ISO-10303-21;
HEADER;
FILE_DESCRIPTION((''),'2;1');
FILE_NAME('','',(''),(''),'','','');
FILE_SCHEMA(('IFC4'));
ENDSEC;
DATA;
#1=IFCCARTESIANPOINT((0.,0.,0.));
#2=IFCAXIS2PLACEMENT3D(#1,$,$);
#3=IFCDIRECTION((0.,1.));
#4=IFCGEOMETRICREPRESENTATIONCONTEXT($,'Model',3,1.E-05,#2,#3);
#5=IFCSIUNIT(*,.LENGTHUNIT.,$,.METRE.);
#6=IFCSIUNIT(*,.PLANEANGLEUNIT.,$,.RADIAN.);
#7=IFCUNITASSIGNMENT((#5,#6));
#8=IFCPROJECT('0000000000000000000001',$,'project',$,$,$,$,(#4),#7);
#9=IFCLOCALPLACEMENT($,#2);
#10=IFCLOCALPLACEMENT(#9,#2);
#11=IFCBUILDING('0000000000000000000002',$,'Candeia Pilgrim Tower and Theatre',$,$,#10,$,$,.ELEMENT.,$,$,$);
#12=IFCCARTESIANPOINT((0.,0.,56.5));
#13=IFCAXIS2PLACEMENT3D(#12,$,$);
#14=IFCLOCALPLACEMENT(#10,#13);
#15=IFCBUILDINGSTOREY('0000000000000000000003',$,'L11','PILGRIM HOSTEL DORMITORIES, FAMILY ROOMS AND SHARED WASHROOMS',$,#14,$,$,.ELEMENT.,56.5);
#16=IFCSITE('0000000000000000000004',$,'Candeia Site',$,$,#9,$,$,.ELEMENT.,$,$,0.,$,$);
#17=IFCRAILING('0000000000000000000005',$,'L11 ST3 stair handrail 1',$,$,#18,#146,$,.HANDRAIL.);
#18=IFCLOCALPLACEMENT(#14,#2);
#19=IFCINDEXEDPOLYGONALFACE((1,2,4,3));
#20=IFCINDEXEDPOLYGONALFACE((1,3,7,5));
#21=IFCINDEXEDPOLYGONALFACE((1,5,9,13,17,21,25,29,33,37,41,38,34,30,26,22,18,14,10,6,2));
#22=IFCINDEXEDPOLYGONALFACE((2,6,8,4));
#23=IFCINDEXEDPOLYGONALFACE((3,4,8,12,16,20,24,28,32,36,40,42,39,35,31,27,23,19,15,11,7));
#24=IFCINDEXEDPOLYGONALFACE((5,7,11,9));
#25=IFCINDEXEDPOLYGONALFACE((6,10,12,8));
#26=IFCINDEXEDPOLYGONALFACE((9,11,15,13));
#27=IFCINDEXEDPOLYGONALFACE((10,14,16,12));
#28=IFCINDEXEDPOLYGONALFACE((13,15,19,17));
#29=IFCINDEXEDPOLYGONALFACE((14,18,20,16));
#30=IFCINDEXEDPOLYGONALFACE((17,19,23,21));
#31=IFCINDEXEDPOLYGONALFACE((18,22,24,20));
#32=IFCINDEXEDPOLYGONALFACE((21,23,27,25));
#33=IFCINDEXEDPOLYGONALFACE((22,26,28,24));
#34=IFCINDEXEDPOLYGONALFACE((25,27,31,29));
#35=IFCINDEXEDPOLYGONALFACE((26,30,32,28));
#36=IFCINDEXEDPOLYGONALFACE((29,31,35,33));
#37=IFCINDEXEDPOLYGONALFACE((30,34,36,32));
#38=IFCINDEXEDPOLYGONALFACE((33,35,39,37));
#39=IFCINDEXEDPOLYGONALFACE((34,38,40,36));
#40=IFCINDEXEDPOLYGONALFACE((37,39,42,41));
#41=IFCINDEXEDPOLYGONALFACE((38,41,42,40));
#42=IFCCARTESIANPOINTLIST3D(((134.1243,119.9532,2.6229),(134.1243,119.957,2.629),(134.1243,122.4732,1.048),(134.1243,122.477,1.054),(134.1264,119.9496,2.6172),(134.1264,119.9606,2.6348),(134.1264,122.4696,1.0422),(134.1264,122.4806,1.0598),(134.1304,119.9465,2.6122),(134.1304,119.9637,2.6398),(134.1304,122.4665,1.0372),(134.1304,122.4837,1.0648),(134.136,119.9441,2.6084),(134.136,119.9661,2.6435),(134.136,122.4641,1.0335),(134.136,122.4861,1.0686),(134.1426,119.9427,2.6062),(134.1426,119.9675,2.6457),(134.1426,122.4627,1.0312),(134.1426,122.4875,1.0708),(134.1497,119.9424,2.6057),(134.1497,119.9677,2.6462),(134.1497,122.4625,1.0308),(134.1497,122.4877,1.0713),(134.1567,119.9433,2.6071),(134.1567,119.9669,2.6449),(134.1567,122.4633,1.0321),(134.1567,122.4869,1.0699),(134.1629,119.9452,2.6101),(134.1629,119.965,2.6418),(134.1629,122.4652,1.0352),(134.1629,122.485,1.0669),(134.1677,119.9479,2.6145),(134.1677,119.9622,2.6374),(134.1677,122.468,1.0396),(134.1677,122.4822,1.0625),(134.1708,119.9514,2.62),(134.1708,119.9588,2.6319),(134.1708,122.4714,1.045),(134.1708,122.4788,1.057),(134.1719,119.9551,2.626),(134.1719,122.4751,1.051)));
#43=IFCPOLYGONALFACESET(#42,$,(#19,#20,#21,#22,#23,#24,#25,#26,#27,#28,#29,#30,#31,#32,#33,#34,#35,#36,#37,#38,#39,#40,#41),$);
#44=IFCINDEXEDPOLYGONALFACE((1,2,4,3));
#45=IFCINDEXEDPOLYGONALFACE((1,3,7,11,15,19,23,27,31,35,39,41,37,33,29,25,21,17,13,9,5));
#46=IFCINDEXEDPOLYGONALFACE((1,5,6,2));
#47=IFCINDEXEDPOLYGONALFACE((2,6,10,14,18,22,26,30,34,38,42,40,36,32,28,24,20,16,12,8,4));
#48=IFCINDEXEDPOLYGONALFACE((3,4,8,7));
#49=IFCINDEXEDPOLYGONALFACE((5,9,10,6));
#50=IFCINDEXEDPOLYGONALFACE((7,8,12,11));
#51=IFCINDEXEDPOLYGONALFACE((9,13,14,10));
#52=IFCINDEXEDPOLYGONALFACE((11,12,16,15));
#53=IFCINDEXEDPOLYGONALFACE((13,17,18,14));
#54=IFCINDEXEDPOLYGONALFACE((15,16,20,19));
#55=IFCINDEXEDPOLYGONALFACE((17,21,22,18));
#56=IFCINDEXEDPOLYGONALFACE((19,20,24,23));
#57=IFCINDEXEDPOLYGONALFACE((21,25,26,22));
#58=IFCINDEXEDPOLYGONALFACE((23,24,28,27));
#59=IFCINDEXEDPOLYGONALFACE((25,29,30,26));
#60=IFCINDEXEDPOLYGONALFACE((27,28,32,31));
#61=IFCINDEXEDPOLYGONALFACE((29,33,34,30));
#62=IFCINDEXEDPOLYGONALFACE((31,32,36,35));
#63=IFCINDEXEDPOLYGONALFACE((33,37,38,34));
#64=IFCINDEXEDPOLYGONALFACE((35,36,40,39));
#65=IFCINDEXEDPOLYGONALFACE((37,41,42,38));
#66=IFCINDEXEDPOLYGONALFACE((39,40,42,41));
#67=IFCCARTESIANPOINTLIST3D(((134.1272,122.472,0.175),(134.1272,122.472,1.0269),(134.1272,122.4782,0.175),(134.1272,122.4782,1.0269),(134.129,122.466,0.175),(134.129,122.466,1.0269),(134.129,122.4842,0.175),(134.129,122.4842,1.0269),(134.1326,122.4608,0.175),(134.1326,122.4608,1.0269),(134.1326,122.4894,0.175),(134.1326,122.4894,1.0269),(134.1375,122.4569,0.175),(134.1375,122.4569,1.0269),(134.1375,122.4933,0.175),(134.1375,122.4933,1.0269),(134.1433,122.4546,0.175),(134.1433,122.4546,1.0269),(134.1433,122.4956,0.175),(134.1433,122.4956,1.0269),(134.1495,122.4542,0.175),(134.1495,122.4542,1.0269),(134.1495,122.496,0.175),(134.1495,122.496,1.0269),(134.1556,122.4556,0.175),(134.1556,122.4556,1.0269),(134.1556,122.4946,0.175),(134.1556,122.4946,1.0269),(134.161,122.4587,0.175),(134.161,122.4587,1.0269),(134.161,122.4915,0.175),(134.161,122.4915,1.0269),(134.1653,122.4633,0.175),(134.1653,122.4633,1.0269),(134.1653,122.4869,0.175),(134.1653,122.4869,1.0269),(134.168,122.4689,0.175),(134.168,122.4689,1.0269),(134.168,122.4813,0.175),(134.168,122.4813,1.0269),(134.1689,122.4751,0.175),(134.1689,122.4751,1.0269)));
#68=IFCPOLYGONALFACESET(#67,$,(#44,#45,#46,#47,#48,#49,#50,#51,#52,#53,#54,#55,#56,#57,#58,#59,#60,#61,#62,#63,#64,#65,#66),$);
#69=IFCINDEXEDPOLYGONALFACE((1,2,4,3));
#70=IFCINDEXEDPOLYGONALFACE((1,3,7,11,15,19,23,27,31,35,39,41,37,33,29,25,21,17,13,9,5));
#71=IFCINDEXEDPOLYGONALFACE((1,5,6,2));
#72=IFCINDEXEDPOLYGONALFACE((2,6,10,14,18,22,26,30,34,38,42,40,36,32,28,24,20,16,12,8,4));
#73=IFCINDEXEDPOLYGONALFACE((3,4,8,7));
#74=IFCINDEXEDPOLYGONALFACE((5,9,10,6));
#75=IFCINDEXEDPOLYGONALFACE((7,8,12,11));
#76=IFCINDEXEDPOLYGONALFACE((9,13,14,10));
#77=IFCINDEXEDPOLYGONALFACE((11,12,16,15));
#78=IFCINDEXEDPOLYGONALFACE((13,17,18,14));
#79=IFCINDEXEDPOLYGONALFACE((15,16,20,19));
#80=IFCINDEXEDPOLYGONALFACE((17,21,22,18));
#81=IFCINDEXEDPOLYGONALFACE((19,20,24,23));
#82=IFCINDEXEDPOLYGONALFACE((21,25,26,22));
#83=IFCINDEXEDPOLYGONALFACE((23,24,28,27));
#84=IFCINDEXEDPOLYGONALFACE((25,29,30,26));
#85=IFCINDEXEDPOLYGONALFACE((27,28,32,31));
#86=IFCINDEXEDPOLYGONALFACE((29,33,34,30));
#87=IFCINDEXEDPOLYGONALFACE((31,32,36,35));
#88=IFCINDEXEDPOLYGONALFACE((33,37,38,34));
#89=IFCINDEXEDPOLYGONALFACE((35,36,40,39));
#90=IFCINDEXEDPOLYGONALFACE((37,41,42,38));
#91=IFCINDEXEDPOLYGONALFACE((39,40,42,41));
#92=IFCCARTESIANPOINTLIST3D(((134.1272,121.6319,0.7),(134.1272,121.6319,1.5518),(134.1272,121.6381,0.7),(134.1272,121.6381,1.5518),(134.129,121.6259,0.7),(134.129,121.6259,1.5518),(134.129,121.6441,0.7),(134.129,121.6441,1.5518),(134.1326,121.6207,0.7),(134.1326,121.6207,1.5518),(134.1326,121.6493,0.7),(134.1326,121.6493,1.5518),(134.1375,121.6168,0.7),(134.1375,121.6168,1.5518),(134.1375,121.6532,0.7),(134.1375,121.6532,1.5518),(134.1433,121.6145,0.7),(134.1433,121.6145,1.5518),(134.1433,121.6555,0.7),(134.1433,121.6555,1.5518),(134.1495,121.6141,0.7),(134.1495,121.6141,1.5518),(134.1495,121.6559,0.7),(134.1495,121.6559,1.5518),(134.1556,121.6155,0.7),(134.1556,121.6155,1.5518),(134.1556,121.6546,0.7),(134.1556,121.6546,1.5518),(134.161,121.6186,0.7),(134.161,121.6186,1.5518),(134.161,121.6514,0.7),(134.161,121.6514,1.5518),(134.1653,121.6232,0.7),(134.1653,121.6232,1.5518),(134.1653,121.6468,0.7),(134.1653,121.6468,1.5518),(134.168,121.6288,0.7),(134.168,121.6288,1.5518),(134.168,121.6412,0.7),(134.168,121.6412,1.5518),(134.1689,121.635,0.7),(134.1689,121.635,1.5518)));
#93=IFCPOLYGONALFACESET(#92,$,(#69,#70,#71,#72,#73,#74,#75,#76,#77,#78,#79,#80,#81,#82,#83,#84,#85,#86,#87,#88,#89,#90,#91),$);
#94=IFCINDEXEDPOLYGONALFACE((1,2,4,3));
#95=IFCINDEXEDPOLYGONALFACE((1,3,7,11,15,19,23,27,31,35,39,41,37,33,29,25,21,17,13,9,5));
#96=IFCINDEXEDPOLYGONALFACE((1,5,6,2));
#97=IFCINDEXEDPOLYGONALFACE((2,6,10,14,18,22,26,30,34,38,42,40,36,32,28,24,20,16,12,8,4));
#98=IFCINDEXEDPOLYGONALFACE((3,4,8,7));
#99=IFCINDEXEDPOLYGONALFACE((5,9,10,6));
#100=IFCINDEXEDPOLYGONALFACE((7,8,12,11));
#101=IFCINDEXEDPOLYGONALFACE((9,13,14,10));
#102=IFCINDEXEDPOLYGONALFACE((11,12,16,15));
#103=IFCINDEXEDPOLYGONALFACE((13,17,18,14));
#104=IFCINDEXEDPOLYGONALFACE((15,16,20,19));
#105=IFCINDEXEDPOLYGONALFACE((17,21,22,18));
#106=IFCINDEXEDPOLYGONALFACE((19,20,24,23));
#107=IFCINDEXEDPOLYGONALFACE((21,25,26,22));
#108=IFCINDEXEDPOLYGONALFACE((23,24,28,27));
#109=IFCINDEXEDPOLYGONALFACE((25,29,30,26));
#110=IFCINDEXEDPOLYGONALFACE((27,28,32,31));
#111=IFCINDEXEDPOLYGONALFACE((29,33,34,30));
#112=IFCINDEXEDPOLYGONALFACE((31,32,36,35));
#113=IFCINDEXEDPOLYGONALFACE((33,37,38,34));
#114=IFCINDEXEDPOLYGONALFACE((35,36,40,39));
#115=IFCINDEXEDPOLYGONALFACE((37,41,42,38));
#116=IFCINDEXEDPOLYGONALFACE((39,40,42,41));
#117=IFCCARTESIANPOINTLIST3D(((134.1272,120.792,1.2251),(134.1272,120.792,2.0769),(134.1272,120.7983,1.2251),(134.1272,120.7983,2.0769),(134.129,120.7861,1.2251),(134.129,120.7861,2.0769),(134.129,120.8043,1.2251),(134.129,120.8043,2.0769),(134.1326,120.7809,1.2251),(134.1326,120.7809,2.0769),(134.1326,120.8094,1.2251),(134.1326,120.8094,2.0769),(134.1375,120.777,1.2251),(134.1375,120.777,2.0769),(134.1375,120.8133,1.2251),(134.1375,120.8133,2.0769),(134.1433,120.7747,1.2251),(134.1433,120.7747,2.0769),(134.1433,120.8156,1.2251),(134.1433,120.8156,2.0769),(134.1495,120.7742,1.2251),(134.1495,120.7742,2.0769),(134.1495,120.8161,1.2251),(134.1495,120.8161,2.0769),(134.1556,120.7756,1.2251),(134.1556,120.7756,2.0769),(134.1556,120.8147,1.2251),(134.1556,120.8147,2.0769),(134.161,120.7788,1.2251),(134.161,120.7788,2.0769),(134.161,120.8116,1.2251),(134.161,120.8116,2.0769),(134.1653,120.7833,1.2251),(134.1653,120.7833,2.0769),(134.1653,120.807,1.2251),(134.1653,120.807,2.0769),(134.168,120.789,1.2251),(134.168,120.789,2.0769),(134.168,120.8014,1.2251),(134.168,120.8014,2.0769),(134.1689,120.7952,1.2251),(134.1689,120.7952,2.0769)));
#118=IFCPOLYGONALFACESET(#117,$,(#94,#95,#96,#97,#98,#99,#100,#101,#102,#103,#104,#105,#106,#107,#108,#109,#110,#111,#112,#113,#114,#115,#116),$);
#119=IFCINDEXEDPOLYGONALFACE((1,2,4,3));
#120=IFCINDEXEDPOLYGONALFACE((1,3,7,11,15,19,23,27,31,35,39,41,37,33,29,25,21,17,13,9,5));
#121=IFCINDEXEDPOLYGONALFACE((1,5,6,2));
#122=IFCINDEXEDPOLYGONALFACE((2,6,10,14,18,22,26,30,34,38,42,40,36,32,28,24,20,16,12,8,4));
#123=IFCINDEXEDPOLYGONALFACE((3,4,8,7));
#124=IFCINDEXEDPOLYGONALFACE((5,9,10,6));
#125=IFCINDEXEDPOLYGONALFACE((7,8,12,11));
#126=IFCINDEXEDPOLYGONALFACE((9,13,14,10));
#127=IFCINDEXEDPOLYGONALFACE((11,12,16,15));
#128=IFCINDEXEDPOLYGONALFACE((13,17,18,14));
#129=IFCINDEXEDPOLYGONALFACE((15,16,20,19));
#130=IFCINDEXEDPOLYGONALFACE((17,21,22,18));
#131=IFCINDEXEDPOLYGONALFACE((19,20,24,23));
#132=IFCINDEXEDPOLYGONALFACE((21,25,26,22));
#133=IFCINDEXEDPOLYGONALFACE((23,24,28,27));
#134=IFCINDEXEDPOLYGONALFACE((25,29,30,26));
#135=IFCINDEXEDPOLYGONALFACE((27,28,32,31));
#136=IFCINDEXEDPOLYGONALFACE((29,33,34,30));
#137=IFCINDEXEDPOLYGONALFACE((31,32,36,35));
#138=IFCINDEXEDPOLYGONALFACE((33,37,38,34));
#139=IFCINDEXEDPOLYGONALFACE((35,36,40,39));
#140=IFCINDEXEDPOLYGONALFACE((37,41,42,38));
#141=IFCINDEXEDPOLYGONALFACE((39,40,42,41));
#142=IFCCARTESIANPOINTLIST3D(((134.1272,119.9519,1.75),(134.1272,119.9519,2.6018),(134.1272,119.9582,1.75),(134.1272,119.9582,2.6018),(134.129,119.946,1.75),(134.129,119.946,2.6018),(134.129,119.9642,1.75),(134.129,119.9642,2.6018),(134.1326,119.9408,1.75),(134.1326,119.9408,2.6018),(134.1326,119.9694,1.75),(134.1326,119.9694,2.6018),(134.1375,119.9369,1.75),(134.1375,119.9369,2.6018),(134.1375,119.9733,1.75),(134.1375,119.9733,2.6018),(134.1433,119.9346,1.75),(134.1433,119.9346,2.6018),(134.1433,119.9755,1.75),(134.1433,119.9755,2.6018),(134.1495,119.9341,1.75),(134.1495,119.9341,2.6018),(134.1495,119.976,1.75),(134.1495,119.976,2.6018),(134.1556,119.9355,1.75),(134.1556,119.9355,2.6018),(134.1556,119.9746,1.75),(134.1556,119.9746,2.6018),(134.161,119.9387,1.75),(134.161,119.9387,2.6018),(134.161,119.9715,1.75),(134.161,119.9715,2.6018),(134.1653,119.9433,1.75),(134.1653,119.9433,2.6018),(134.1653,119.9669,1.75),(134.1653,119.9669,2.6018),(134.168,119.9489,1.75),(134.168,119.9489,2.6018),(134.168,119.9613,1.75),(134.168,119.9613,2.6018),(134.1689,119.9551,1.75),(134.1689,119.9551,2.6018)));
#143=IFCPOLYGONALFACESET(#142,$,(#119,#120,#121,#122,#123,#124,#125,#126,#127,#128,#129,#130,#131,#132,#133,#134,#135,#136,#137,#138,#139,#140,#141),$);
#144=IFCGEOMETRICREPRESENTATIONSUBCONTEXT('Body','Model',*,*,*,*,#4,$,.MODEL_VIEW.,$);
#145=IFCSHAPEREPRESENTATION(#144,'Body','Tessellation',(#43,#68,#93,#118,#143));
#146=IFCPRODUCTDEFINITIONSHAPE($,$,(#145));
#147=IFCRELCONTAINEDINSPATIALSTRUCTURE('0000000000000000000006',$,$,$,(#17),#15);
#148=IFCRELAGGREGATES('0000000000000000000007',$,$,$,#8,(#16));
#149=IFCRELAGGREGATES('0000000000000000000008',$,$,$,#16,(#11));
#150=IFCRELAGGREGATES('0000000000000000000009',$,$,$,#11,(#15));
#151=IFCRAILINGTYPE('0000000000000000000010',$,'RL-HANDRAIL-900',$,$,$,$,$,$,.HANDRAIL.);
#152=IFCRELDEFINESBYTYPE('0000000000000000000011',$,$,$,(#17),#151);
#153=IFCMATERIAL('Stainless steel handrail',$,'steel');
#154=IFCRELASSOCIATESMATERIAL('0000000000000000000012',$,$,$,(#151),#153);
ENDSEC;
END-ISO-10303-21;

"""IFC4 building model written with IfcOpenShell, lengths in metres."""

from ifc_helpers import new_model, si_unit, direction, frame, origin, origin_2d, place, context, subcontext, project, spatial, circle, extrude, material, type_object, element, save


model = new_model("IFC4")

# Units and contexts
model_context = context("Model", 3, precision=1e-05, world=origin(), true_north=direction((0.0, 1.0)))
body_context = subcontext(model_context, "Body", "Model", "MODEL_VIEW")
ifc_project = project(units=[si_unit("LENGTHUNIT", "METRE"), si_unit("PLANEANGLEUNIT", "RADIAN")], contexts=[model_context])

# Site, building, storey
site_placement = place(None, origin())
site = spatial("IfcSite", under=ifc_project, at=site_placement, Name="Candeia Site", CompositionType="ELEMENT", RefElevation=0.0)
building_placement = place(site_placement, origin())
building = spatial("IfcBuilding", under=site, at=building_placement, Name="Candeia Pilgrim Tower and Theatre", CompositionType="ELEMENT")
storey_placement = place(building_placement, frame((0.0, 0.0, 56.5)))
storey = spatial("IfcBuildingStorey", under=building, at=storey_placement, Name="L11", Description="PILGRIM HOSTEL DORMITORIES, FAMILY ROOMS AND SHARED WASHROOMS", CompositionType="ELEMENT", Elevation=56.5)

# Railing
ifc_material_1 = material(Name="Stainless steel handrail", Category="steel")
railing_type_1 = type_object("IfcRailingType", Name="RL-HANDRAIL-900", PredefinedType="HANDRAIL", material=ifc_material_1)
for number, where, name in (
    (1, (134.1479, 122.4751, 0.175), "L11 ST3 stair handrail 1"),
):
    element("IfcRailing", number, at=place(storey_placement, frame(where)), inside=storey, type_object=railing_type_1, Name=name, PredefinedType="HANDRAIL", context=body_context, shape_type="SweptSolid", body=[
        extrude(circle(Radius=0.0239, at=origin_2d()), frame((0.0, 0.0, 0.876), z_axis=(0.0, -0.848008, 0.529984), x_axis=(1.0, 0.0, 0.0)), (0.0, 0.0, 1.0), 2.9717),
        extrude(circle(Radius=0.021, at=origin_2d()), origin(), (0.0, 0.0, 1.0), 0.8518),
        extrude(circle(Radius=0.021, at=origin_2d()), frame((0.0, -0.8401, 0.5249)), (0.0, 0.0, 1.0), 0.8518),
        extrude(circle(Radius=0.021, at=origin_2d()), frame((0.0, -1.6799, 1.05)), (0.0, 0.0, 1.0), 0.8518),
        extrude(circle(Radius=0.021, at=origin_2d()), frame((0.0, -2.52, 1.575)), (0.0, 0.0, 1.0), 0.8518),
    ])

save(model, "model.ifc")
